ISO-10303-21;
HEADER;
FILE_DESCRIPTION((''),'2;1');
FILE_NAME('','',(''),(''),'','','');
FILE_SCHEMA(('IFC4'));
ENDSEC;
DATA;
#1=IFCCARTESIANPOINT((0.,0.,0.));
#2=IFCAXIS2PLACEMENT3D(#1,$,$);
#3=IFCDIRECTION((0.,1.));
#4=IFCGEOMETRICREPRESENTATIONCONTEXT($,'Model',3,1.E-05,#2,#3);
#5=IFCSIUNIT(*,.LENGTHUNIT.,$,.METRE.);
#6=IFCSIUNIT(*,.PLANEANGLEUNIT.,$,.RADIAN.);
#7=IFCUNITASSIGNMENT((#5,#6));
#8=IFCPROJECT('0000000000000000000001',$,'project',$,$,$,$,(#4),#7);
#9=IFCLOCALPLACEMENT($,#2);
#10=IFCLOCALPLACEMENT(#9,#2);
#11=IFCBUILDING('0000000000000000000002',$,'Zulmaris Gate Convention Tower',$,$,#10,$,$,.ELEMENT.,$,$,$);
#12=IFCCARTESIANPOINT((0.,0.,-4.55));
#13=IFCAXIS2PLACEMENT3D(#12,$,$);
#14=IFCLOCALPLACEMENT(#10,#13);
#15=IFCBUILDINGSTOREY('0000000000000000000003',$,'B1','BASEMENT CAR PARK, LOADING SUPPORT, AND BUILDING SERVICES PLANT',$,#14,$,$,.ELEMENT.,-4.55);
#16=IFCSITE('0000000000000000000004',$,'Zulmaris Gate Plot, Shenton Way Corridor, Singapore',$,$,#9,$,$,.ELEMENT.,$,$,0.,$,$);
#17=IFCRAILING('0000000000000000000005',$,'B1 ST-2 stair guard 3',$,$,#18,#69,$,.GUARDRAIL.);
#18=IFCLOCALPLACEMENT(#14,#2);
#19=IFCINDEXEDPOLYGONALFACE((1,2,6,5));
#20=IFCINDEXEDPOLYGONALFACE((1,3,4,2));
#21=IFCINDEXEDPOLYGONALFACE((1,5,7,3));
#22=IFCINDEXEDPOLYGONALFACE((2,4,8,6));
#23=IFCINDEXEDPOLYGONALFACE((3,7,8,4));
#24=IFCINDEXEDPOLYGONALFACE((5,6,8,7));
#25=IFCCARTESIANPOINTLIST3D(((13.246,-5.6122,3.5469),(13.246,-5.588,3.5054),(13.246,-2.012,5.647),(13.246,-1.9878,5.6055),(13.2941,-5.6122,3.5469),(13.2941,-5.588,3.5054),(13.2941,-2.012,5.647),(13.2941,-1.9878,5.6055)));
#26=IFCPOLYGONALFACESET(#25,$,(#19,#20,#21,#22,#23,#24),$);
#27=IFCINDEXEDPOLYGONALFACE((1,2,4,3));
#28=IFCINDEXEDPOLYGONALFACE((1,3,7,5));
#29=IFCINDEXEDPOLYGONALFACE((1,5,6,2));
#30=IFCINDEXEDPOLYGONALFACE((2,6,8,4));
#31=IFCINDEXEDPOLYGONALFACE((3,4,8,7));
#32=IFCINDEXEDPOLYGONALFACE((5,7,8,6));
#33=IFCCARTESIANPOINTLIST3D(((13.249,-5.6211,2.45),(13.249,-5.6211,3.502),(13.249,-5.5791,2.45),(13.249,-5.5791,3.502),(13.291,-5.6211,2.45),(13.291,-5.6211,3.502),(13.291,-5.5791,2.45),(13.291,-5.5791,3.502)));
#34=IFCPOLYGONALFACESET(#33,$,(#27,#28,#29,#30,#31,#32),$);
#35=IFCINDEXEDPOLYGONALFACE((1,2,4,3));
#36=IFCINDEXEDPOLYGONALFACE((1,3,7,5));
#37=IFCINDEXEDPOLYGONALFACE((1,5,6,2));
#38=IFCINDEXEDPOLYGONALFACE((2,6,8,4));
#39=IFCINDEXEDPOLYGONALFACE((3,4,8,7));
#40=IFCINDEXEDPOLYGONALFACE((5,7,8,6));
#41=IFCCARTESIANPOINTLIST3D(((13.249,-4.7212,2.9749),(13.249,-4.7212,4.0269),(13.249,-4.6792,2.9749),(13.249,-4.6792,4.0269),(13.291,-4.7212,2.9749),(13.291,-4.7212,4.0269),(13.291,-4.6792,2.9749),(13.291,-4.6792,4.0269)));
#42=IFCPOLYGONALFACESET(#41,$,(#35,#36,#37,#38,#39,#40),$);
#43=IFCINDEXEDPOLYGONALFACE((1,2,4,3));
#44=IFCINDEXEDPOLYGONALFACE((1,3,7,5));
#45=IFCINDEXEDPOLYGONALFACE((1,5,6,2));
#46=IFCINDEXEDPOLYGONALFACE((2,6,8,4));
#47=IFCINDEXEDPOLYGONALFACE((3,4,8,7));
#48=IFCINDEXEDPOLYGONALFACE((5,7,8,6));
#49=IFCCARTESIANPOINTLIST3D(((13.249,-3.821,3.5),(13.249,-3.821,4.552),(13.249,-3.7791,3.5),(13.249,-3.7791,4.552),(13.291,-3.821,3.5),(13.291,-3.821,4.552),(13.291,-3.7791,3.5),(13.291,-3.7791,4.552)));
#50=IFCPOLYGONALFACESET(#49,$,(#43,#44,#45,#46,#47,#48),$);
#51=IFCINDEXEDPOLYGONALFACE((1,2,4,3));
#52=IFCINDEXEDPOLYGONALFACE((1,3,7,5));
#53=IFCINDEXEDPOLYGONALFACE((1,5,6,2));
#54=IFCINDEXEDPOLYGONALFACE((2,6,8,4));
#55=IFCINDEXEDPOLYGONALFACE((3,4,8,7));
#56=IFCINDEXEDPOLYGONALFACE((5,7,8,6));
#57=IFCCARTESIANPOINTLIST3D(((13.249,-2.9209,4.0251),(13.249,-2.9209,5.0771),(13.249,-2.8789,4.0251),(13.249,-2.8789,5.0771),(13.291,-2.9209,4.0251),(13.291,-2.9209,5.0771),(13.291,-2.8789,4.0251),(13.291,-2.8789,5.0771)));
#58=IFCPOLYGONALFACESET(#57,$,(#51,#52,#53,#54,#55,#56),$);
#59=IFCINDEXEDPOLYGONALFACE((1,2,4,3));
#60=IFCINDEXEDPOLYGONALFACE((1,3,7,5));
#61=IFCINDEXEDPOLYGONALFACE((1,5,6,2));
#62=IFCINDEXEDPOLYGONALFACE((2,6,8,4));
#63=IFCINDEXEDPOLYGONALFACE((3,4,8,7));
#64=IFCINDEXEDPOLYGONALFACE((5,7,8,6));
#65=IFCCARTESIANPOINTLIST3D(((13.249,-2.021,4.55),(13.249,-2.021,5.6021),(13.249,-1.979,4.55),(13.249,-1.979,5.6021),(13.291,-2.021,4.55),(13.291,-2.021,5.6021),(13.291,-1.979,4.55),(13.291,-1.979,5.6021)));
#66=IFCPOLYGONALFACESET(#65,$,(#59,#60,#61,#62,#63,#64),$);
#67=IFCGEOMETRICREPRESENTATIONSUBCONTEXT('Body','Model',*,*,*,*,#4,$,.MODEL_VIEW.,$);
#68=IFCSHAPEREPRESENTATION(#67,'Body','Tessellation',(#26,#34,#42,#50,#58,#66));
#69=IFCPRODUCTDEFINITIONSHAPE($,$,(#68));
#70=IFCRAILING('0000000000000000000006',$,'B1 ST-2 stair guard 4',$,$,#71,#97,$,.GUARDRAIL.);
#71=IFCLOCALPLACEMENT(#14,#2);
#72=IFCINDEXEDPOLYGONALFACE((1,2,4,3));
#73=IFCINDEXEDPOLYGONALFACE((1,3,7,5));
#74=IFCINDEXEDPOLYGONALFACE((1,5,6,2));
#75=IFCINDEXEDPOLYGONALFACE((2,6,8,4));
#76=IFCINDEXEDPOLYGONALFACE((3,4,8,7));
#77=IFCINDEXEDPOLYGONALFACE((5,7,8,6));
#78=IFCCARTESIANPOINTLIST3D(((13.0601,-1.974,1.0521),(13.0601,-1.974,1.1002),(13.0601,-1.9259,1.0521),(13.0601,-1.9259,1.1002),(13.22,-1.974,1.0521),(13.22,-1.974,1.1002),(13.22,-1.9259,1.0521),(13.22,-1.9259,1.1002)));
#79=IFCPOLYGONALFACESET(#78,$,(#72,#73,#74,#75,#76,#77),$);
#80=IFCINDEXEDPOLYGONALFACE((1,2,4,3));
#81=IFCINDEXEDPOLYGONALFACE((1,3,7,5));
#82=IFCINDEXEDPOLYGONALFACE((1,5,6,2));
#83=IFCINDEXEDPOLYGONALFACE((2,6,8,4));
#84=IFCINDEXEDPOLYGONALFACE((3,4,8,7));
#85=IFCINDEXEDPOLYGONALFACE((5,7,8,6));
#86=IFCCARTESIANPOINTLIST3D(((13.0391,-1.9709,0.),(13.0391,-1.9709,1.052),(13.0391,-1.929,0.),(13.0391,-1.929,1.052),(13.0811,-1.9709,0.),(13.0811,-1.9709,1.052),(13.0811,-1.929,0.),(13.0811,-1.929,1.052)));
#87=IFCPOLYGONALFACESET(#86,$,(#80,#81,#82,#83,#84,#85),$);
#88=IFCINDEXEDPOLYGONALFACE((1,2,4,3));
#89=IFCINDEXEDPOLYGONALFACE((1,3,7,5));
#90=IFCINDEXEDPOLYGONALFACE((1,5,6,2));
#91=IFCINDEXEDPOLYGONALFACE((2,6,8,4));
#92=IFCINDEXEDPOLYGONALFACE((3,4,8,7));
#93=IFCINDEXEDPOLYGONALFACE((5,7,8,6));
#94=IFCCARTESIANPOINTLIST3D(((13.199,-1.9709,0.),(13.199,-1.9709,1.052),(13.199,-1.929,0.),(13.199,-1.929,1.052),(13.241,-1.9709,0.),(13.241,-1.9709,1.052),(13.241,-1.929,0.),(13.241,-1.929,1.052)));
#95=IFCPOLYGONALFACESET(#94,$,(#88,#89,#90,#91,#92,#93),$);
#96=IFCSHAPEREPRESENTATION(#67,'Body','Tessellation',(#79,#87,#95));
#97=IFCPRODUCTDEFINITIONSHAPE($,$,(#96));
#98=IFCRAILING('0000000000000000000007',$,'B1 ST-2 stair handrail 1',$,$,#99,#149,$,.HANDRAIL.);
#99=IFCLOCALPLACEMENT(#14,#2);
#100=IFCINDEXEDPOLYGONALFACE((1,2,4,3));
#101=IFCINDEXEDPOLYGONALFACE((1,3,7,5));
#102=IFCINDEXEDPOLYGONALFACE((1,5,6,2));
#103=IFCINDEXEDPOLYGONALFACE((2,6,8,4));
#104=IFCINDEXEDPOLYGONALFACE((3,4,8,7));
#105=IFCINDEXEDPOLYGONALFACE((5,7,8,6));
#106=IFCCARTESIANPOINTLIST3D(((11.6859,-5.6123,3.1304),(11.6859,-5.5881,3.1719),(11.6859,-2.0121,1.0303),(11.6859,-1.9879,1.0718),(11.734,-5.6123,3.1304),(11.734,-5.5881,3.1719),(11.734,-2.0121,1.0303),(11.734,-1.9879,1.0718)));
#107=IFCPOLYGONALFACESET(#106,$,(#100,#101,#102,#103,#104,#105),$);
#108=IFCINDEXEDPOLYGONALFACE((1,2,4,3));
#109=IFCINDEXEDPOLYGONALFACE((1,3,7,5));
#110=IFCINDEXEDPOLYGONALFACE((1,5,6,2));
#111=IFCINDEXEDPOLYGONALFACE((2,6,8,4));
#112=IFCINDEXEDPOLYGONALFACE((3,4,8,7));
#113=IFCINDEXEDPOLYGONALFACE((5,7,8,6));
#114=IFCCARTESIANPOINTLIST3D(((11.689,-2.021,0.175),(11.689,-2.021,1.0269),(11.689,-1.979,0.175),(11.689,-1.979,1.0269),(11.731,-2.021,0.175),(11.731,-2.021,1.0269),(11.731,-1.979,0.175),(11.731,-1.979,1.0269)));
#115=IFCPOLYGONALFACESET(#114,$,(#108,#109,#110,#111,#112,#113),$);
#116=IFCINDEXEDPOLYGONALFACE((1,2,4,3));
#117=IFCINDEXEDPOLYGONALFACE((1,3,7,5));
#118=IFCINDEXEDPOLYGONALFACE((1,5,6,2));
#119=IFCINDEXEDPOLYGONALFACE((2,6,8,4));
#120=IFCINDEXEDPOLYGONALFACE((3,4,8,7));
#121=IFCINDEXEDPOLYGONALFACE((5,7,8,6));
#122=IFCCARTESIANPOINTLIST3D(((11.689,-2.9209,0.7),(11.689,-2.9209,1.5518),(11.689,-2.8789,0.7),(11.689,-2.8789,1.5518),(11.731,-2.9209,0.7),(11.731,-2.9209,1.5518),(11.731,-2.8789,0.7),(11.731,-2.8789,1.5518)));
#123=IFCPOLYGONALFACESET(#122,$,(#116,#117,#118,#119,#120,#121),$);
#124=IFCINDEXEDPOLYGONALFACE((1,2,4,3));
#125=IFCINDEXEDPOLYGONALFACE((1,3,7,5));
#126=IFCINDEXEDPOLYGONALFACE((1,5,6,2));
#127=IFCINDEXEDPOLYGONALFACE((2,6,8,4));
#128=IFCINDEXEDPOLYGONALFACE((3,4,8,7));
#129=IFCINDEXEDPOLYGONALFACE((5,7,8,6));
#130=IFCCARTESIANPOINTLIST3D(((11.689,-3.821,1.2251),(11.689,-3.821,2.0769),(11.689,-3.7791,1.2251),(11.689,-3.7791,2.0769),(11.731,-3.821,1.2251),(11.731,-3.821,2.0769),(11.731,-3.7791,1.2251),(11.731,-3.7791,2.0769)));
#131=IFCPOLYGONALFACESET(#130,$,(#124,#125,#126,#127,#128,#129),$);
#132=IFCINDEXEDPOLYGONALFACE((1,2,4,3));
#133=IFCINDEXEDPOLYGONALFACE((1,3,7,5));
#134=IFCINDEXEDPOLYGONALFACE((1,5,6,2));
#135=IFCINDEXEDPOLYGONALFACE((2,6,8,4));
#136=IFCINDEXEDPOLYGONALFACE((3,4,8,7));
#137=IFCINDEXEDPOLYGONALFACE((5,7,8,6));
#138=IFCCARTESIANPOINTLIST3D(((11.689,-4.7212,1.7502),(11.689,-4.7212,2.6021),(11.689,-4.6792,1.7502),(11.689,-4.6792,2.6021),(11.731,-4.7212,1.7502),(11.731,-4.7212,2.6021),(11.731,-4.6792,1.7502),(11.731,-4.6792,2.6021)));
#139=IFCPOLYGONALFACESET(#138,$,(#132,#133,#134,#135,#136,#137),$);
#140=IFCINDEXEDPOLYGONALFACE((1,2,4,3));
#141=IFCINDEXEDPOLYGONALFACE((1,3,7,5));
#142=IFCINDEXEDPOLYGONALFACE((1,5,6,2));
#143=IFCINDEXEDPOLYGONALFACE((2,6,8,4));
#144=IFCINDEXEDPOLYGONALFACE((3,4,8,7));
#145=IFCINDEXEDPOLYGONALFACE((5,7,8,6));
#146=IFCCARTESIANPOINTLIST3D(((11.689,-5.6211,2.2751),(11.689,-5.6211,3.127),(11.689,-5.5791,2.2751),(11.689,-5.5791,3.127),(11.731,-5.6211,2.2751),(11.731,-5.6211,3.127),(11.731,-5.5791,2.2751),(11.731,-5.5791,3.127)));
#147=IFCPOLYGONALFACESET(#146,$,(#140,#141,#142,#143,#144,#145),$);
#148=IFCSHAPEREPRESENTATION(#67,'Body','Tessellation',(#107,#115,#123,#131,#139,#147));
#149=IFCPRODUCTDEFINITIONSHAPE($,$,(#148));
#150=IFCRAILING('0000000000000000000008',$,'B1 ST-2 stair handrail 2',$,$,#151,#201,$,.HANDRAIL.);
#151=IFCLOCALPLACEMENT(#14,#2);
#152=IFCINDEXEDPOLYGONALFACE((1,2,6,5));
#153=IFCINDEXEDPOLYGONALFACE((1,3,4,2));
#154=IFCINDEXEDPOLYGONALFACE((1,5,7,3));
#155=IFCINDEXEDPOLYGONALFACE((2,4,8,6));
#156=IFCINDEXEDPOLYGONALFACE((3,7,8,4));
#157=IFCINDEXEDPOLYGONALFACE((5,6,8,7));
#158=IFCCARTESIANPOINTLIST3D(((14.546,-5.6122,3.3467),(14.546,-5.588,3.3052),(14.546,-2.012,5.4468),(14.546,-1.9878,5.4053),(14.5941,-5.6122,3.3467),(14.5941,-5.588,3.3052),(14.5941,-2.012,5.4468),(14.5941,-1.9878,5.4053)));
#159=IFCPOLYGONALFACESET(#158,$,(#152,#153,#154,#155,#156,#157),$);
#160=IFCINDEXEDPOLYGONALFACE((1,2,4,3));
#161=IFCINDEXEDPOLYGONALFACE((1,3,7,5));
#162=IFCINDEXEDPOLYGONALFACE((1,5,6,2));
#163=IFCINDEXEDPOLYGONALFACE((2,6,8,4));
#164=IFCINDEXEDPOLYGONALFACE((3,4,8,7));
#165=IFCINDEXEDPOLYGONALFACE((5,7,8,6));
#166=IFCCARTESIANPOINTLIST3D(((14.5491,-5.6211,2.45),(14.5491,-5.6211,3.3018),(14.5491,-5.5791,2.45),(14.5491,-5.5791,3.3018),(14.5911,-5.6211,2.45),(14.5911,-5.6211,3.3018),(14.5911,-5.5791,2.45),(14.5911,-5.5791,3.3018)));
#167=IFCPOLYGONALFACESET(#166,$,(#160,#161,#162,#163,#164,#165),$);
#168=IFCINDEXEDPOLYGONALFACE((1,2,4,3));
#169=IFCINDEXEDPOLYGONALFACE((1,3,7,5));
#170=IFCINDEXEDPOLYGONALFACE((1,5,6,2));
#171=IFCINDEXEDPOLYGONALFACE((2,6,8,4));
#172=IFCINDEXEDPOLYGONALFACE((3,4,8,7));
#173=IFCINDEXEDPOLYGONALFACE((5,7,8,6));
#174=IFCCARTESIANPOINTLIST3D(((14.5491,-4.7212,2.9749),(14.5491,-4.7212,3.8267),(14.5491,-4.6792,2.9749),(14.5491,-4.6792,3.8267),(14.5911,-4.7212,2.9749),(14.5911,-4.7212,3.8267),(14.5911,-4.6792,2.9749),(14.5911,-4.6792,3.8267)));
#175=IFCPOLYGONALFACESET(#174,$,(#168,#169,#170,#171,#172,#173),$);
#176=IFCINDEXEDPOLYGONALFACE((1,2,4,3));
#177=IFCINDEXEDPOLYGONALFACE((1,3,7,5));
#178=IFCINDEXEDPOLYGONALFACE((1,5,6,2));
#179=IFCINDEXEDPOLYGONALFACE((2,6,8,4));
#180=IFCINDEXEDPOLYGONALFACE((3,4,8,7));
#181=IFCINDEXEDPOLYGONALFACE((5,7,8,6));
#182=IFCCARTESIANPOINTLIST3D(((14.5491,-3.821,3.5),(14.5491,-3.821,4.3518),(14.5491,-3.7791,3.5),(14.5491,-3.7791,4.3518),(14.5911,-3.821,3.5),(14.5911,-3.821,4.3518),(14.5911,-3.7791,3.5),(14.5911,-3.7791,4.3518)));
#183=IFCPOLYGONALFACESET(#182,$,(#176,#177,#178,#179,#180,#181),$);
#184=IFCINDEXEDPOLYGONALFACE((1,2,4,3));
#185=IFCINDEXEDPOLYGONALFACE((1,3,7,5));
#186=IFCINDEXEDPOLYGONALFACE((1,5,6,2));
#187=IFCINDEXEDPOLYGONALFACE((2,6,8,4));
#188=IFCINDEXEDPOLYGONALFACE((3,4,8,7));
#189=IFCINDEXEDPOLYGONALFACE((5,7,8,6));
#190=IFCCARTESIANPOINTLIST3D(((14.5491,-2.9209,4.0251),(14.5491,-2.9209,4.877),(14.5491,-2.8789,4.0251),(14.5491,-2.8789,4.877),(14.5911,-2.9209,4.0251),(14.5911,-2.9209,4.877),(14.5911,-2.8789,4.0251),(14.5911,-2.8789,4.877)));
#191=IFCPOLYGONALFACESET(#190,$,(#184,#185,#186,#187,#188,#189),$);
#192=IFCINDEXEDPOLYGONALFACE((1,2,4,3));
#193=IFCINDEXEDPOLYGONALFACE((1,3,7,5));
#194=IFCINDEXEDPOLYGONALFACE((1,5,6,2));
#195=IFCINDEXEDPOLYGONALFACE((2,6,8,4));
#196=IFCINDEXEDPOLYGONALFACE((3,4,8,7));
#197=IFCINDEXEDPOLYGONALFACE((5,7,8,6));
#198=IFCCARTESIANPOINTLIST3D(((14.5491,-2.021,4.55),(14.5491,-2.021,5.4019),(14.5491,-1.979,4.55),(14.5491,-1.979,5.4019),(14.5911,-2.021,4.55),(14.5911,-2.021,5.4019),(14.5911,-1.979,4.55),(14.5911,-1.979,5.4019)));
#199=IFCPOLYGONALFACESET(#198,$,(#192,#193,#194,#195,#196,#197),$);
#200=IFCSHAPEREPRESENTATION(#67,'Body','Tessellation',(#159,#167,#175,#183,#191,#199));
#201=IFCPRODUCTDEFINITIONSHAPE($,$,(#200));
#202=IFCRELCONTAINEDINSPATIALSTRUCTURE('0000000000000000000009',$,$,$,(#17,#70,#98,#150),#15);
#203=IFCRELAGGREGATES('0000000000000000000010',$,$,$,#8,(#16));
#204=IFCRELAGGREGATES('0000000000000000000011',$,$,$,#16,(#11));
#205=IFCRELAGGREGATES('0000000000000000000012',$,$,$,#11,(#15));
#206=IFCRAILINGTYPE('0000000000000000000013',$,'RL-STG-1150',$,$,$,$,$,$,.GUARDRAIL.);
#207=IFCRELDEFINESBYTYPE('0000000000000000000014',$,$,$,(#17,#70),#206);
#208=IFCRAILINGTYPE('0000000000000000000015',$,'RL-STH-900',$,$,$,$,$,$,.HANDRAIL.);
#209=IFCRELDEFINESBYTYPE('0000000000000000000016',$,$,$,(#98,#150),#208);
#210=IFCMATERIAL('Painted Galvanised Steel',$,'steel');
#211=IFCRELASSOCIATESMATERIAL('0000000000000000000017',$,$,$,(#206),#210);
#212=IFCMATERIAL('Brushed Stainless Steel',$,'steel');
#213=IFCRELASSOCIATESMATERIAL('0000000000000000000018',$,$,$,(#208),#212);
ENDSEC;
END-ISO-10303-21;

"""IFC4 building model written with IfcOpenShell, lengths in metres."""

from ifc_helpers import new_model, si_unit, direction, frame, origin, origin_2d, place, context, subcontext, project, spatial, rectangle, extrude, material, type_object, element, save


model = new_model("IFC4")

# Units and contexts
model_context = context("Model", 3, precision=1e-05, world=origin(), true_north=direction((0.0, 1.0)))
body_context = subcontext(model_context, "Body", "Model", "MODEL_VIEW")
ifc_project = project(units=[si_unit("LENGTHUNIT", "METRE"), si_unit("PLANEANGLEUNIT", "RADIAN")], contexts=[model_context])

# Site, building, storey
site_placement = place(None, origin())
site = spatial("IfcSite", under=ifc_project, at=site_placement, Name="Zulmaris Gate Plot, Shenton Way Corridor, Singapore", CompositionType="ELEMENT", RefElevation=0.0)
building_placement = place(site_placement, origin())
building = spatial("IfcBuilding", under=site, at=building_placement, Name="Zulmaris Gate Convention Tower", CompositionType="ELEMENT")
storey_placement = place(building_placement, frame((0.0, 0.0, -4.55)))
storey = spatial("IfcBuildingStorey", under=building, at=storey_placement, Name="B1", Description="BASEMENT CAR PARK, LOADING SUPPORT, AND BUILDING SERVICES PLANT", CompositionType="ELEMENT", Elevation=-4.55)

# Railings
ifc_material_1 = material(Name="Painted Galvanised Steel", Category="steel")
railing_type_1 = type_object("IfcRailingType", Name="RL-STG-1150", PredefinedType="GUARDRAIL", material=ifc_material_1)
railing_1_placement = place(storey_placement, frame((13.27, -5.6001, 2.45)))
element("IfcRailing", 1, at=railing_1_placement, inside=storey, type_object=railing_type_1, Name="B1 ST-2 stair guard 3", PredefinedType="GUARDRAIL", context=body_context, shape_type="SweptSolid", body=[
    extrude(rectangle(XDim=0.0481, YDim=0.0481, at=origin_2d()), frame((0.0, 0.0, 1.0762), z_axis=(0.0, 0.863775, 0.503878), x_axis=(-1.0, 0.0, 0.0)), (0.0, 0.0, 1.0), 4.168),
    extrude(rectangle(XDim=0.042, YDim=0.042, at=origin_2d()), origin(), (0.0, 0.0, 1.0), 1.052),
    extrude(rectangle(XDim=0.042, YDim=0.042, at=origin_2d()), frame((0.0, 0.8999, 0.5249)), (0.0, 0.0, 1.0), 1.052),
    extrude(rectangle(XDim=0.042, YDim=0.042, at=origin_2d()), frame((0.0, 1.8, 1.05)), (0.0, 0.0, 1.0), 1.052),
    extrude(rectangle(XDim=0.042, YDim=0.042, at=origin_2d()), frame((0.0, 2.7002, 1.5752)), (0.0, 0.0, 1.0), 1.052),
    extrude(rectangle(XDim=0.042, YDim=0.042, at=origin_2d()), frame((0.0, 3.6001, 2.1001)), (0.0, 0.0, 1.0), 1.052),
])
railing_2_placement = place(storey_placement, frame((13.0601, -1.95, 0.0)))
element("IfcRailing", 2, at=railing_2_placement, inside=storey, type_object=railing_type_1, Name="B1 ST-2 stair guard 4", PredefinedType="GUARDRAIL", context=body_context, shape_type="SweptSolid", body=[
    extrude(rectangle(XDim=0.0481, YDim=0.0481, at=origin_2d()), frame((0.0, 0.0, 1.0762), z_axis=(1.0, 0.0, 0.0), x_axis=(0.0, 1.0, 0.0)), (0.0, 0.0, 1.0), 0.1599),
    extrude(rectangle(XDim=0.042, YDim=0.042, at=origin_2d()), origin(), (0.0, 0.0, 1.0), 1.052),
    extrude(rectangle(XDim=0.042, YDim=0.042, at=origin_2d()), frame((0.1599, 0.0, 0.0)), (0.0, 0.0, 1.0), 1.052),
])
ifc_material_2 = material(Name="Brushed Stainless Steel", Category="steel")
railing_type_2 = type_object("IfcRailingType", Name="RL-STH-900", PredefinedType="HANDRAIL", material=ifc_material_2)
railing_3_placement = place(storey_placement, frame((11.71, -2.0, 0.175)))
element("IfcRailing", 3, at=railing_3_placement, inside=storey, type_object=railing_type_2, Name="B1 ST-2 stair handrail 1", PredefinedType="HANDRAIL", context=body_context, shape_type="SweptSolid", body=[
    extrude(rectangle(XDim=0.0481, YDim=0.0481, at=origin_2d()), frame((0.0, 0.0, 0.876), z_axis=(0.0, -0.863775, 0.503878), x_axis=(1.0, 0.0, 0.0)), (0.0, 0.0, 1.0), 4.168),
    extrude(rectangle(XDim=0.042, YDim=0.042, at=origin_2d()), origin(), (0.0, 0.0, 1.0), 0.8518),
    extrude(rectangle(XDim=0.042, YDim=0.042, at=origin_2d()), frame((0.0, -0.8999, 0.5249)), (0.0, 0.0, 1.0), 0.8518),
    extrude(rectangle(XDim=0.042, YDim=0.042, at=origin_2d()), frame((0.0, -1.8, 1.05)), (0.0, 0.0, 1.0), 0.8518),
    extrude(rectangle(XDim=0.042, YDim=0.042, at=origin_2d()), frame((0.0, -2.7002, 1.5752)), (0.0, 0.0, 1.0), 0.8518),
    extrude(rectangle(XDim=0.042, YDim=0.042, at=origin_2d()), frame((0.0, -3.6001, 2.1001)), (0.0, 0.0, 1.0), 0.8518),
])
railing_4_placement = place(storey_placement, frame((14.5701, -5.6001, 2.45)))
element("IfcRailing", 4, at=railing_4_placement, inside=storey, type_object=railing_type_2, Name="B1 ST-2 stair handrail 2", PredefinedType="HANDRAIL", context=body_context, shape_type="SweptSolid", body=[
    extrude(rectangle(XDim=0.0481, YDim=0.0481, at=origin_2d()), frame((0.0, 0.0, 0.876), z_axis=(0.0, 0.863775, 0.503878), x_axis=(-1.0, 0.0, 0.0)), (0.0, 0.0, 1.0), 4.168),
    extrude(rectangle(XDim=0.042, YDim=0.042, at=origin_2d()), origin(), (0.0, 0.0, 1.0), 0.8518),
    extrude(rectangle(XDim=0.042, YDim=0.042, at=origin_2d()), frame((0.0, 0.8999, 0.5249)), (0.0, 0.0, 1.0), 0.8518),
    extrude(rectangle(XDim=0.042, YDim=0.042, at=origin_2d()), frame((0.0, 1.8, 1.05)), (0.0, 0.0, 1.0), 0.8518),
    extrude(rectangle(XDim=0.042, YDim=0.042, at=origin_2d()), frame((0.0, 2.7002, 1.5752)), (0.0, 0.0, 1.0), 0.8518),
    extrude(rectangle(XDim=0.042, YDim=0.042, at=origin_2d()), frame((0.0, 3.6001, 2.1001)), (0.0, 0.0, 1.0), 0.8518),
])

save(model, "model.ifc")
